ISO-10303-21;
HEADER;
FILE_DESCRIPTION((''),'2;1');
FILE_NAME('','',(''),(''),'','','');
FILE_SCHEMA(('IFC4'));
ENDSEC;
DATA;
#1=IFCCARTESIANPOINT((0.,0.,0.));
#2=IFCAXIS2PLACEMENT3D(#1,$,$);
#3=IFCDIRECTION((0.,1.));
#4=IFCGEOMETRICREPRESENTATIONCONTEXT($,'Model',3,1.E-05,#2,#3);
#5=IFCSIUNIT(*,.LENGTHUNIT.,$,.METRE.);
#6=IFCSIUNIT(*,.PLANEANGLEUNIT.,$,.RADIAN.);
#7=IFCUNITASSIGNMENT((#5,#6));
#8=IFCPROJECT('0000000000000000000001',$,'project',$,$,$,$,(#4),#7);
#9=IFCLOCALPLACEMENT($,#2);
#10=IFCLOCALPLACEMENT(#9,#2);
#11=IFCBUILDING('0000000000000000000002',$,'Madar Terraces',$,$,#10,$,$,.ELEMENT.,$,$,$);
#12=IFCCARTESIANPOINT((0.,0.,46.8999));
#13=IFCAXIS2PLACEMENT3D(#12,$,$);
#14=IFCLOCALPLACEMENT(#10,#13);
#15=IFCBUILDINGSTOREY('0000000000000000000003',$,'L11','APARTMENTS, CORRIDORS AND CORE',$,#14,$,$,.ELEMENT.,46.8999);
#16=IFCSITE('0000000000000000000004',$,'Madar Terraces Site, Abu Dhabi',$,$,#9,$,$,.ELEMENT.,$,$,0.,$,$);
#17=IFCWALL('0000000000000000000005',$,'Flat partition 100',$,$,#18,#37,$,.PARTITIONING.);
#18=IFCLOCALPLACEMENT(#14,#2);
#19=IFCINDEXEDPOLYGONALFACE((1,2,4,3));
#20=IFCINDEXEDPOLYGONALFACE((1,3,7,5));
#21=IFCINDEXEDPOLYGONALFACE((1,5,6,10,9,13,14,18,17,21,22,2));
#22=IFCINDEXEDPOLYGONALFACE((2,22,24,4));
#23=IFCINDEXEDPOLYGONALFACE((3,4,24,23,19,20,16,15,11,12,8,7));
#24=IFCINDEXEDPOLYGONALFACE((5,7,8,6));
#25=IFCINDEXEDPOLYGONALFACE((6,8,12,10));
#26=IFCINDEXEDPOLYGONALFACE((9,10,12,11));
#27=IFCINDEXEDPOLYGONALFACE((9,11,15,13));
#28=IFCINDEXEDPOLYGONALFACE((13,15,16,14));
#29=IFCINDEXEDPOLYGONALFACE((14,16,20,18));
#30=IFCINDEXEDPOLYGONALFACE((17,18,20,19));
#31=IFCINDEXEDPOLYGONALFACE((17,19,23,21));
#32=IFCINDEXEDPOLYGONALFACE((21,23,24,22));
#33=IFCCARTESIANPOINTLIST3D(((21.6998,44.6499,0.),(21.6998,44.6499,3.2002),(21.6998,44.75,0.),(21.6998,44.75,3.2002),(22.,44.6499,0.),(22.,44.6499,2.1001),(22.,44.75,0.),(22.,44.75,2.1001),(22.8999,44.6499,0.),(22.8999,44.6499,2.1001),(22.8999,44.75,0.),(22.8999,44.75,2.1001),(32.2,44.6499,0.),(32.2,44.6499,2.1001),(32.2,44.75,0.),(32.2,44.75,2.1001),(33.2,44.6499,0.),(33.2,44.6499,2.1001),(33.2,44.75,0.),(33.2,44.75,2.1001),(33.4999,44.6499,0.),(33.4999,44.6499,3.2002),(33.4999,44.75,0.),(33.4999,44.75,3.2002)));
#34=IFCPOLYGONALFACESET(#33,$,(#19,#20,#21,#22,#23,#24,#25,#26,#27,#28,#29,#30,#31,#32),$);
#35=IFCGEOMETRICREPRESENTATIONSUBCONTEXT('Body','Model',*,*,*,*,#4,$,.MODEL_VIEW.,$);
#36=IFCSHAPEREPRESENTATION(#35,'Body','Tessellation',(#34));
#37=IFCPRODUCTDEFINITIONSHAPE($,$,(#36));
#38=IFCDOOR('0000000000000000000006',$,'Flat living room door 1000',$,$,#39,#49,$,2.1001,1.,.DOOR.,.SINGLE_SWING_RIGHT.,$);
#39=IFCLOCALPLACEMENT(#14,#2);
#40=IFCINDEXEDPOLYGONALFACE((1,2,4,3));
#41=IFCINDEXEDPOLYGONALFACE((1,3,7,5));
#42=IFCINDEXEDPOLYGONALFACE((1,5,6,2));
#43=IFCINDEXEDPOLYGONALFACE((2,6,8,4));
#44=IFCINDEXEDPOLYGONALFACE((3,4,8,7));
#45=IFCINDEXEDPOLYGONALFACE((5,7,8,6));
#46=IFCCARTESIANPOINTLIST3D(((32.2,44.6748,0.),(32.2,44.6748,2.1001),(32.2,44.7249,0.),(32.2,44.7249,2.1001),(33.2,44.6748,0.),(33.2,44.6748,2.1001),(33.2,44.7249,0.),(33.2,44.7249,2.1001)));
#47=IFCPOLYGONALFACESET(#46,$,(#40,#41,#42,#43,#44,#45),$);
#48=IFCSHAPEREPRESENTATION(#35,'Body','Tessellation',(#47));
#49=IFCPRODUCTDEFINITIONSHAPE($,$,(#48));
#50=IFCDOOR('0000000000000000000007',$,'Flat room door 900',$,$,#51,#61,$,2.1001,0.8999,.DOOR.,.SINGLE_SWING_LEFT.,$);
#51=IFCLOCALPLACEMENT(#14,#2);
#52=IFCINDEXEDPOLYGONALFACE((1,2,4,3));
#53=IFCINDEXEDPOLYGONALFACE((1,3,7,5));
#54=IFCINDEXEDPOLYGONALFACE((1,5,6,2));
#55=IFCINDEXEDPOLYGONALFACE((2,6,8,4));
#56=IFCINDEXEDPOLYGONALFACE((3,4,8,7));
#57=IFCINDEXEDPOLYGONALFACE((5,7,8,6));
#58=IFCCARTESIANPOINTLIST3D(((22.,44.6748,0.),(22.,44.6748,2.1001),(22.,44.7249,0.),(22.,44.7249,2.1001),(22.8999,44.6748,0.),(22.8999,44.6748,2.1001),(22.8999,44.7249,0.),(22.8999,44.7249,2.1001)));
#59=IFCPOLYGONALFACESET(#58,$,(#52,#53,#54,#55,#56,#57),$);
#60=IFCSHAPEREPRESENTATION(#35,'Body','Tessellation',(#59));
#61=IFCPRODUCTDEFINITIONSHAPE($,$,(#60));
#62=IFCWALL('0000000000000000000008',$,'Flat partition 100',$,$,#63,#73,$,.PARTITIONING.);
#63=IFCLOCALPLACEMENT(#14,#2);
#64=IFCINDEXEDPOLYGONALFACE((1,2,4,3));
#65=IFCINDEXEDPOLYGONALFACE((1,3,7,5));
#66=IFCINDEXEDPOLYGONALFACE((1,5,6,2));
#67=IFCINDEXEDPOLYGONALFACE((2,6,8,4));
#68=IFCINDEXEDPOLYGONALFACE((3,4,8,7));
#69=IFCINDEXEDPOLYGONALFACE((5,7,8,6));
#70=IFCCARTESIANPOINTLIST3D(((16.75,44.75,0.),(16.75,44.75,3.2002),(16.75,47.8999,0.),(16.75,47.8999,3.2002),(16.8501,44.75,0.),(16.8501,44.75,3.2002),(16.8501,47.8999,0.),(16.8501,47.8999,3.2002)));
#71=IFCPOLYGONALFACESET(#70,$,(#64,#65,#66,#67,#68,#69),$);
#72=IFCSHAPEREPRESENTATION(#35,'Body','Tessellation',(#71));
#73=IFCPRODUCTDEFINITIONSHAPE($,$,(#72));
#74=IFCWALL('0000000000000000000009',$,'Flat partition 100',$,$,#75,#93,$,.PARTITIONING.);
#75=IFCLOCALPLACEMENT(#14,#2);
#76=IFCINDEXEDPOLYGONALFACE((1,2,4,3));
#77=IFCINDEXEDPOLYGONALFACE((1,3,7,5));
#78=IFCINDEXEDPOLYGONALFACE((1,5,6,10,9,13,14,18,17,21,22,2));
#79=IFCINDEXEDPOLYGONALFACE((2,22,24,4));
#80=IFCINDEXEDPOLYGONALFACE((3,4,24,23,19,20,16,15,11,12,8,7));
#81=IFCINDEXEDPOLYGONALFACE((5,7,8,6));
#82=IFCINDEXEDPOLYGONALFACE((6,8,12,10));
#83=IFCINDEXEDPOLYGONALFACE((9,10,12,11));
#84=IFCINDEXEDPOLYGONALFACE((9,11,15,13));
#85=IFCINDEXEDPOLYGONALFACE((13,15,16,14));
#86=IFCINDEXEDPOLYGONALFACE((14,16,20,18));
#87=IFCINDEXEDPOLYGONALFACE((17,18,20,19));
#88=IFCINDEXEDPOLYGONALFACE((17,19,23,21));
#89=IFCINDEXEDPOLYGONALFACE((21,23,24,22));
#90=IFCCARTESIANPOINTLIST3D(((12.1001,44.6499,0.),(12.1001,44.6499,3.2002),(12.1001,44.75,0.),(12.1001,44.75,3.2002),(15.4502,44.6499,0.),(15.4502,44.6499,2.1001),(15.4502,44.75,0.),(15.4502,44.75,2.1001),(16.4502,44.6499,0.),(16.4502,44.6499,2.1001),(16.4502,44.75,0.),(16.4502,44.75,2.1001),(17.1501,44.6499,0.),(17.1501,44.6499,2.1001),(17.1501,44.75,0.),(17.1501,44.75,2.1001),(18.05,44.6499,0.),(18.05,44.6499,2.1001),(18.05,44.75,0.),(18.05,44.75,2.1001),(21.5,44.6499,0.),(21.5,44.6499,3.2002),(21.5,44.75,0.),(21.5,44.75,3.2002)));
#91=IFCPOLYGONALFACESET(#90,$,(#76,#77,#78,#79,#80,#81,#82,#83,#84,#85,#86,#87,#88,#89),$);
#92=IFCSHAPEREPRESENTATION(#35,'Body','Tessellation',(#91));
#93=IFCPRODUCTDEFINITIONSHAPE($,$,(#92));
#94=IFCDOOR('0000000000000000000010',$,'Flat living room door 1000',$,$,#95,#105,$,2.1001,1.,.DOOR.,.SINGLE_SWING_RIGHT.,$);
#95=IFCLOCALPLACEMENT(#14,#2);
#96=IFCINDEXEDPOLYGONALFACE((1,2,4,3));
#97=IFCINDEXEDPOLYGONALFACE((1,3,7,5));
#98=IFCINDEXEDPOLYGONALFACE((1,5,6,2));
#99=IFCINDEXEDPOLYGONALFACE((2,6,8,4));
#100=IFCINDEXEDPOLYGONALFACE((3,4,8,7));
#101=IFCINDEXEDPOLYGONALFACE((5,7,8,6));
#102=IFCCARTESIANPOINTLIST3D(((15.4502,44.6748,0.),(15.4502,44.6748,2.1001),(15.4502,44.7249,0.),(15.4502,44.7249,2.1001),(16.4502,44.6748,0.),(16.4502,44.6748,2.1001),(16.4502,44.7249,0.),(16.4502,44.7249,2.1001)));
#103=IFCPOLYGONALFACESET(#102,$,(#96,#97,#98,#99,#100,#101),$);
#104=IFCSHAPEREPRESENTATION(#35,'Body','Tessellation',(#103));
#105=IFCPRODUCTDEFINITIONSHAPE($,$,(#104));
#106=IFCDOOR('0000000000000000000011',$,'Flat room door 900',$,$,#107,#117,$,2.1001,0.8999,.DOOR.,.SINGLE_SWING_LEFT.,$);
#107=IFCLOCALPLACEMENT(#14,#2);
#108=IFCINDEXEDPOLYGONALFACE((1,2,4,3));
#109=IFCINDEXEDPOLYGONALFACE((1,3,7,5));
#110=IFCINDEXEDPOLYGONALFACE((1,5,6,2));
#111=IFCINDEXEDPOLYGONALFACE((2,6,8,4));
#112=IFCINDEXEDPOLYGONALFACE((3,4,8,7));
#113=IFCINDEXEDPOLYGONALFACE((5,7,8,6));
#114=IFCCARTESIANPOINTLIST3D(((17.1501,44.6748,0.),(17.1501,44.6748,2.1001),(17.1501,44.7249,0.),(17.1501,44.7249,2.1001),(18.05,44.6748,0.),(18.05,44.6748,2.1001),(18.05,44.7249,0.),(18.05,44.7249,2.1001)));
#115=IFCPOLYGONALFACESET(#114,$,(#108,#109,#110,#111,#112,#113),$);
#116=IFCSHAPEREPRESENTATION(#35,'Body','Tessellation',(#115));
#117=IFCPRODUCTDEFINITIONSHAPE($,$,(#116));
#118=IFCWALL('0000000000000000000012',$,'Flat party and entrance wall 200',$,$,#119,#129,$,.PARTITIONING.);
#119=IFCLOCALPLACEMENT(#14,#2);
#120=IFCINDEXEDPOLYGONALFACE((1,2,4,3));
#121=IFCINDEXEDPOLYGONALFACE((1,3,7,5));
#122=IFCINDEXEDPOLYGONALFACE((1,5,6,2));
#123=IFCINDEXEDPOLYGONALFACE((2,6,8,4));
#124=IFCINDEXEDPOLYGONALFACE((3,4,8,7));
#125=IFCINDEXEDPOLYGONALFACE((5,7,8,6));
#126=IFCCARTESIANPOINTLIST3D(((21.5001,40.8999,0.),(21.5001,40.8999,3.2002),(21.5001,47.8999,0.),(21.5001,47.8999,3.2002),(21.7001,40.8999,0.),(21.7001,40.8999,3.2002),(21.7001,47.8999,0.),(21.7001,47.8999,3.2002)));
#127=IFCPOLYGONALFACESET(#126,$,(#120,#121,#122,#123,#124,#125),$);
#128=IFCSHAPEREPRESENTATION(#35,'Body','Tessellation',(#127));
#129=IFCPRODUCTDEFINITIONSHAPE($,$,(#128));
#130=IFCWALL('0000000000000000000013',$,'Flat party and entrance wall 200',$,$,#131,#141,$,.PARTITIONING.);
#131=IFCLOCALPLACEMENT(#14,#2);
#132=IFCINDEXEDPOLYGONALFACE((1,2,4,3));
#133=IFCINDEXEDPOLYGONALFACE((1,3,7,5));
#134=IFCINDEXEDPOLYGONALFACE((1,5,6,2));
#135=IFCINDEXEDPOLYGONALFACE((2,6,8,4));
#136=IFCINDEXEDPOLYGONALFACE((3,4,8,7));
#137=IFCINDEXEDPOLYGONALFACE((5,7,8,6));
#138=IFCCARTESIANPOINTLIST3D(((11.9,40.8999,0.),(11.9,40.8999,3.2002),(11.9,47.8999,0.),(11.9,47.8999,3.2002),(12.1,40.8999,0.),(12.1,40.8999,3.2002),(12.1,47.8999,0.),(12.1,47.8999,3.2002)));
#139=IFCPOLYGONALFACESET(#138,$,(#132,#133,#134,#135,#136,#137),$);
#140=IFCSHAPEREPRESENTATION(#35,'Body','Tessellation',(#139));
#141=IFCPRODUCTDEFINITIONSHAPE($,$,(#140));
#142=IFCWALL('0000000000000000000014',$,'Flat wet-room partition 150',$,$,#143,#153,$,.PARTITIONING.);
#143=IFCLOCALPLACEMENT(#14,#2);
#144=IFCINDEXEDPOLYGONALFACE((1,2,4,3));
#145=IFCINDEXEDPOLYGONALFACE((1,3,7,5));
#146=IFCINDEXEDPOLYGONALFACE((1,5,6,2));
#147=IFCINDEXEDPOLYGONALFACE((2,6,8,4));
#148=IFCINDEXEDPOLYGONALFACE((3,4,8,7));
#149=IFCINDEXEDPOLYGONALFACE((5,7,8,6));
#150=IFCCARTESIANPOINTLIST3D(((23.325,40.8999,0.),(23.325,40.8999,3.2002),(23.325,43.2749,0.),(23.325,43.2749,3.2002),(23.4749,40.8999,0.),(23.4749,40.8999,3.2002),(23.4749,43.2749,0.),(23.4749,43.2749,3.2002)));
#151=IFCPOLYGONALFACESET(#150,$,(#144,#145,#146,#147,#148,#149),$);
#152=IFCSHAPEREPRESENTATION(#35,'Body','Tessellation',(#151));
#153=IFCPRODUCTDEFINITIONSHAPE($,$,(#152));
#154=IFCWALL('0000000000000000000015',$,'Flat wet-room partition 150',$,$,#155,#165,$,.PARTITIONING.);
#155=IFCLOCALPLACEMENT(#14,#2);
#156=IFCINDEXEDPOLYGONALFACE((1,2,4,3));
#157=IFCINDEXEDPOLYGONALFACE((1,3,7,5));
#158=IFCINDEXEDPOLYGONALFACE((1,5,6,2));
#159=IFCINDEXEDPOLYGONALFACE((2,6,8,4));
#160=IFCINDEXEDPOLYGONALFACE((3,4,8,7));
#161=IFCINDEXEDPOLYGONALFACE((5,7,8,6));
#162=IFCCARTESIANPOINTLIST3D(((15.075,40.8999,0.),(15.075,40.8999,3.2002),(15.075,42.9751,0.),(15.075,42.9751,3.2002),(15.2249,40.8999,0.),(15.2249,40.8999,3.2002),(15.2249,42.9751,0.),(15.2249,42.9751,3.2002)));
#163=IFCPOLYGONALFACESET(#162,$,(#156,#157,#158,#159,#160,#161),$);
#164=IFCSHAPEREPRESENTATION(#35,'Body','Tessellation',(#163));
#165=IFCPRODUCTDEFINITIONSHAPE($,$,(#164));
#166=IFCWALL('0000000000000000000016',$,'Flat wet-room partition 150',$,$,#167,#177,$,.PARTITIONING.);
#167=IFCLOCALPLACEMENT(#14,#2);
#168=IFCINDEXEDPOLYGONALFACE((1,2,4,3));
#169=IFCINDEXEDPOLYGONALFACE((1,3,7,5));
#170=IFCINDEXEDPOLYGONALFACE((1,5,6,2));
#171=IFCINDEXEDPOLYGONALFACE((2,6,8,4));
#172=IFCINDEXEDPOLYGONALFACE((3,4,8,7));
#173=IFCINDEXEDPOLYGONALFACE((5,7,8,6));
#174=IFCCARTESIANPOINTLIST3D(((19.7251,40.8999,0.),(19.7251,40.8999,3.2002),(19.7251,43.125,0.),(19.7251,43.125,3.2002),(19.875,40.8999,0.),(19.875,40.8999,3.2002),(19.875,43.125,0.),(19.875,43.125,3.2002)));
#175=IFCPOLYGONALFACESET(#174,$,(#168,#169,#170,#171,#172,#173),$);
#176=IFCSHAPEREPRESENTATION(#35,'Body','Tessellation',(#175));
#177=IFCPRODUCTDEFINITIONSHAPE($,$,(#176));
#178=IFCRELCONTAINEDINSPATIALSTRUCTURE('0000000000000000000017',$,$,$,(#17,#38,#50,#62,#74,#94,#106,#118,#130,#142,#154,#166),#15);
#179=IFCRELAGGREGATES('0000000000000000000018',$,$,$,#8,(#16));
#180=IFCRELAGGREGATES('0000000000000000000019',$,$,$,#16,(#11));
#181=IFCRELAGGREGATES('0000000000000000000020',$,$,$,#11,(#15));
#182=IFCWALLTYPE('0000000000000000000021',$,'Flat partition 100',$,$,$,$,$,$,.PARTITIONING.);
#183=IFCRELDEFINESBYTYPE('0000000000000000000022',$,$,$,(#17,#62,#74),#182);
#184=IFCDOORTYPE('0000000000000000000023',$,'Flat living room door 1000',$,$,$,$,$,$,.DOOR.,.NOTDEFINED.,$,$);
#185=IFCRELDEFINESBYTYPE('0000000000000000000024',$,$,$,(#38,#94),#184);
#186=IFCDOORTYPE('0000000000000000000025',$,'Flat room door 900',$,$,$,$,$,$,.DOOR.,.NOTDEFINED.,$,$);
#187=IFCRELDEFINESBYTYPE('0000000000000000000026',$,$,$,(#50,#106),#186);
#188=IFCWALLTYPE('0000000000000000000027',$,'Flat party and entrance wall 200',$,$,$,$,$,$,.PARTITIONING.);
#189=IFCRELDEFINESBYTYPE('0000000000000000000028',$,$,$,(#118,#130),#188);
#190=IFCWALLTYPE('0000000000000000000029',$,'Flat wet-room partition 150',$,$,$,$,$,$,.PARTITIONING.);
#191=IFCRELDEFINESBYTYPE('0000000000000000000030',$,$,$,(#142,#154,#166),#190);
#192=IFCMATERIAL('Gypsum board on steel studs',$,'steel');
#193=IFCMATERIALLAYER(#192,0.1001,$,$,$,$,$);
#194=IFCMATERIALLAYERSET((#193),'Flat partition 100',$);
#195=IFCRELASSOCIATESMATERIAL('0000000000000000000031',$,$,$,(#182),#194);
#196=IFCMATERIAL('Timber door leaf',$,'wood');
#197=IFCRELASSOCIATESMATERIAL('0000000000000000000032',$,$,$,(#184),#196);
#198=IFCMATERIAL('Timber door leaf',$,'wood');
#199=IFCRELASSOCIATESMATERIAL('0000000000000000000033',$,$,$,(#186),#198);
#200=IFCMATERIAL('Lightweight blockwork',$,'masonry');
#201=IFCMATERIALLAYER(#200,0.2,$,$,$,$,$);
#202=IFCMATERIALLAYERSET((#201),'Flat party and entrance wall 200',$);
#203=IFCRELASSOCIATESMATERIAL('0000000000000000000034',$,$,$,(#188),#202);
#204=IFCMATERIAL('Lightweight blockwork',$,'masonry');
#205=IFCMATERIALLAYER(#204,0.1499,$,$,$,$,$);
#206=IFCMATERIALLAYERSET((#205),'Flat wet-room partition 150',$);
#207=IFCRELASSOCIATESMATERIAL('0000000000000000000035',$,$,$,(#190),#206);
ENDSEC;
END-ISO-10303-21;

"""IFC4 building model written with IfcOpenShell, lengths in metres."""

from ifc_helpers import new_model, si_unit, direction, frame, frame_2d, origin, place, context, subcontext, project, spatial, rectangle, extrude, material, layer, layer_set, type_object, element, fill, save


model = new_model("IFC4")

# Units and contexts
model_context = context("Model", 3, precision=1e-05, world=origin(), true_north=direction((0.0, 1.0)))
body_context = subcontext(model_context, "Body", "Model", "MODEL_VIEW")
ifc_project = project(units=[si_unit("LENGTHUNIT", "METRE"), si_unit("PLANEANGLEUNIT", "RADIAN")], contexts=[model_context])

# Site, building, storey
site_placement = place(None, origin())
site = spatial("IfcSite", under=ifc_project, at=site_placement, Name="Madar Terraces Site, Abu Dhabi", CompositionType="ELEMENT", RefElevation=0.0)
building_placement = place(site_placement, origin())
building = spatial("IfcBuilding", under=site, at=building_placement, Name="Madar Terraces", CompositionType="ELEMENT")
storey_placement = place(building_placement, frame((0.0, 0.0, 46.8999)))
storey = spatial("IfcBuildingStorey", under=building, at=storey_placement, Name="L11", Description="APARTMENTS, CORRIDORS AND CORE", CompositionType="ELEMENT", Elevation=46.8999)

# Shared definitions
ifc_material_1 = material(Name="Gypsum board on steel studs", Category="steel")
ifc_layer_1 = layer(ifc_material_1, 0.1001)
ifc_layer_set_1 = layer_set([ifc_layer_1], Name="Flat partition 100")
wall_type_1 = type_object("IfcWallType", Name="Flat partition 100", PredefinedType="PARTITIONING", material=ifc_layer_set_1)

# Wall, openings, doors
wall_1_placement = place(storey_placement, frame((21.7, 44.7, 0.0), z_axis=(0.0, 0.0, 1.0), x_axis=(1.0, 0.0, 0.0)))
wall_1 = element("IfcWall", 1, at=wall_1_placement, inside=storey, type_object=wall_type_1, Name="Flat partition 100", PredefinedType="PARTITIONING", context=body_context, shape_type="SweptSolid", body=[
    extrude(rectangle(XDim=11.8, YDim=0.1001, at=frame_2d((5.8999, 0.0))), origin(), (0.0, 0.0, 1.0), 3.2002),
])
opening_1_placement = place(wall_1_placement, frame((0.3, 0.0, 0.0)))
opening_1 = element("IfcOpeningElement", 2, at=opening_1_placement, cuts=wall_1, PredefinedType="OPENING", context=body_context, shape_type="SweptSolid", body=[
    extrude(rectangle(XDim=0.8999, YDim=2.1001, at=frame_2d((0.45, 1.05))), frame((0.0, 0.0601, 0.0), z_axis=(0.0, -1.0, 0.0), x_axis=(1.0, 0.0, 0.0)), (0.0, 0.0, 1.0), 0.1201),
])
opening_2_placement = place(wall_1_placement, frame((10.5, 0.0, 0.0)))
opening_2 = element("IfcOpeningElement", 3, at=opening_2_placement, cuts=wall_1, PredefinedType="OPENING", context=body_context, shape_type="SweptSolid", body=[
    extrude(rectangle(XDim=1.0, YDim=2.1001, at=frame_2d((0.5, 1.05))), frame((0.0, 0.0601, 0.0), z_axis=(0.0, -1.0, 0.0), x_axis=(1.0, 0.0, 0.0)), (0.0, 0.0, 1.0), 0.1201),
])
ifc_material_2 = material(Name="Timber door leaf", Category="wood")
door_type_1 = type_object("IfcDoorType", Name="Flat living room door 1000", OperationType="NOTDEFINED", PredefinedType="DOOR", material=ifc_material_2)
door_1_placement = place(opening_2_placement, origin())
door_1 = element("IfcDoor", 4, at=door_1_placement, inside=storey, type_object=door_type_1, Name="Flat living room door 1000", OperationType="SINGLE_SWING_RIGHT", OverallHeight=2.1001, OverallWidth=1.0, PredefinedType="DOOR", context=body_context, shape_type="SweptSolid", body=[
    extrude(rectangle(XDim=1.0, YDim=2.1001, at=frame_2d((0.5, 1.05))), frame((0.0, 0.0249, 0.0), z_axis=(0.0, -1.0, 0.0), x_axis=(1.0, 0.0, 0.0)), (0.0, 0.0, 1.0), 0.05),
])
fill(opening_2, door_1)
ifc_material_3 = material(Name="Timber door leaf", Category="wood")
door_type_2 = type_object("IfcDoorType", Name="Flat room door 900", OperationType="NOTDEFINED", PredefinedType="DOOR", material=ifc_material_3)
door_2_placement = place(opening_1_placement, origin())
door_2 = element("IfcDoor", 5, at=door_2_placement, inside=storey, type_object=door_type_2, Name="Flat room door 900", OperationType="SINGLE_SWING_LEFT", OverallHeight=2.1001, OverallWidth=0.8999, PredefinedType="DOOR", context=body_context, shape_type="SweptSolid", body=[
    extrude(rectangle(XDim=0.8999, YDim=2.1001, at=frame_2d((0.45, 1.05))), frame((0.0, 0.0249, 0.0), z_axis=(0.0, -1.0, 0.0), x_axis=(1.0, 0.0, 0.0)), (0.0, 0.0, 1.0), 0.05),
])
fill(opening_1, door_2)

# Wall
wall_2_placement = place(storey_placement, frame((16.8, 44.75, 0.0), z_axis=(0.0, 0.0, 1.0), x_axis=(0.0, 1.0, 0.0)))
element("IfcWall", 6, at=wall_2_placement, inside=storey, type_object=wall_type_1, Name="Flat partition 100", PredefinedType="PARTITIONING", context=body_context, shape_type="SweptSolid", body=[
    extrude(rectangle(XDim=3.1499, YDim=0.1001, at=frame_2d((1.575, 0.0))), origin(), (0.0, 0.0, 1.0), 3.2002),
])

# Wall, openings, doors
wall_3_placement = place(storey_placement, frame((12.1001, 44.7, 0.0), z_axis=(0.0, 0.0, 1.0), x_axis=(1.0, 0.0, 0.0)))
wall_3 = element("IfcWall", 7, at=wall_3_placement, inside=storey, type_object=wall_type_1, Name="Flat partition 100", PredefinedType="PARTITIONING", context=body_context, shape_type="SweptSolid", body=[
    extrude(rectangle(XDim=9.3999, YDim=0.1001, at=frame_2d((4.7, 0.0))), origin(), (0.0, 0.0, 1.0), 3.2002),
])
opening_3_placement = place(wall_3_placement, frame((5.05, 0.0, 0.0)))
opening_3 = element("IfcOpeningElement", 8, at=opening_3_placement, cuts=wall_3, PredefinedType="OPENING", context=body_context, shape_type="SweptSolid", body=[
    extrude(rectangle(XDim=0.8999, YDim=2.1001, at=frame_2d((0.45, 1.05))), frame((0.0, 0.0601, 0.0), z_axis=(0.0, -1.0, 0.0), x_axis=(1.0, 0.0, 0.0)), (0.0, 0.0, 1.0), 0.1201),
])
opening_4_placement = place(wall_3_placement, frame((3.3501, 0.0, 0.0)))
opening_4 = element("IfcOpeningElement", 9, at=opening_4_placement, cuts=wall_3, PredefinedType="OPENING", context=body_context, shape_type="SweptSolid", body=[
    extrude(rectangle(XDim=1.0, YDim=2.1001, at=frame_2d((0.5, 1.05))), frame((0.0, 0.0601, 0.0), z_axis=(0.0, -1.0, 0.0), x_axis=(1.0, 0.0, 0.0)), (0.0, 0.0, 1.0), 0.1201),
])
door_3_placement = place(opening_4_placement, origin())
door_3 = element("IfcDoor", 10, at=door_3_placement, inside=storey, type_object=door_type_1, Name="Flat living room door 1000", OperationType="SINGLE_SWING_RIGHT", OverallHeight=2.1001, OverallWidth=1.0, PredefinedType="DOOR", context=body_context, shape_type="SweptSolid", body=[
    extrude(rectangle(XDim=1.0, YDim=2.1001, at=frame_2d((0.5, 1.05))), frame((0.0, 0.0249, 0.0), z_axis=(0.0, -1.0, 0.0), x_axis=(1.0, 0.0, 0.0)), (0.0, 0.0, 1.0), 0.05),
])
fill(opening_4, door_3)
door_4_placement = place(opening_3_placement, origin())
door_4 = element("IfcDoor", 11, at=door_4_placement, inside=storey, type_object=door_type_2, Name="Flat room door 900", OperationType="SINGLE_SWING_LEFT", OverallHeight=2.1001, OverallWidth=0.8999, PredefinedType="DOOR", context=body_context, shape_type="SweptSolid", body=[
    extrude(rectangle(XDim=0.8999, YDim=2.1001, at=frame_2d((0.45, 1.05))), frame((0.0, 0.0249, 0.0), z_axis=(0.0, -1.0, 0.0), x_axis=(1.0, 0.0, 0.0)), (0.0, 0.0, 1.0), 0.05),
])
fill(opening_3, door_4)

# Walls
ifc_material_4 = material(Name="Lightweight blockwork", Category="masonry")
ifc_layer_2 = layer(ifc_material_4, 0.2)
ifc_layer_set_2 = layer_set([ifc_layer_2], Name="Flat party and entrance wall 200")
wall_type_2 = type_object("IfcWallType", Name="Flat party and entrance wall 200", PredefinedType="PARTITIONING", material=ifc_layer_set_2)
for number, where, z_axis, x_axis, name in (
    (12, (21.6001, 47.8999, 0.0), (0.0, 0.0, 1.0), (0.0, -1.0, 0.0), "Flat party and entrance wall 200"),
    (13, (12.0, 47.8999, 0.0), (0.0, 0.0, 1.0), (0.0, -1.0, 0.0), "Flat party and entrance wall 200"),
):
    element("IfcWall", number, at=place(storey_placement, frame(where, z_axis=z_axis, x_axis=x_axis)), inside=storey, type_object=wall_type_2, Name=name, PredefinedType="PARTITIONING", context=body_context, shape_type="SweptSolid", body=[
        extrude(rectangle(XDim=7.0, YDim=0.2, at=frame_2d((3.5, 0.0))), origin(), (0.0, 0.0, 1.0), 3.2002),
    ])
ifc_material_5 = material(Name="Lightweight blockwork", Category="masonry")
ifc_layer_3 = layer(ifc_material_5, 0.1499)
ifc_layer_set_3 = layer_set([ifc_layer_3], Name="Flat wet-room partition 150")
wall_type_3 = type_object("IfcWallType", Name="Flat wet-room partition 150", PredefinedType="PARTITIONING", material=ifc_layer_set_3)
wall_4_placement = place(storey_placement, frame((23.3999, 40.8999, 0.0), z_axis=(0.0, 0.0, 1.0), x_axis=(0.0, 1.0, 0.0)))
element("IfcWall", 14, at=wall_4_placement, inside=storey, type_object=wall_type_3, Name="Flat wet-room partition 150", PredefinedType="PARTITIONING", context=body_context, shape_type="SweptSolid", body=[
    extrude(rectangle(XDim=2.375, YDim=0.1499, at=frame_2d((1.1875, 0.0))), origin(), (0.0, 0.0, 1.0), 3.2002),
])
wall_5_placement = place(storey_placement, frame((15.1499, 40.8999, 0.0), z_axis=(0.0, 0.0, 1.0), x_axis=(0.0, 1.0, 0.0)))
element("IfcWall", 15, at=wall_5_placement, inside=storey, type_object=wall_type_3, Name="Flat wet-room partition 150", PredefinedType="PARTITIONING", context=body_context, shape_type="SweptSolid", body=[
    extrude(rectangle(XDim=2.0752, YDim=0.1499, at=frame_2d((1.0376, 0.0))), origin(), (0.0, 0.0, 1.0), 3.2002),
])
wall_6_placement = place(storey_placement, frame((19.8, 40.8999, 0.0), z_axis=(0.0, 0.0, 1.0), x_axis=(0.0, 1.0, 0.0)))
element("IfcWall", 16, at=wall_6_placement, inside=storey, type_object=wall_type_3, Name="Flat wet-room partition 150", PredefinedType="PARTITIONING", context=body_context, shape_type="SweptSolid", body=[
    extrude(rectangle(XDim=2.2251, YDim=0.1499, at=frame_2d((1.1125, 0.0))), origin(), (0.0, 0.0, 1.0), 3.2002),
])

save(model, "model.ifc")
